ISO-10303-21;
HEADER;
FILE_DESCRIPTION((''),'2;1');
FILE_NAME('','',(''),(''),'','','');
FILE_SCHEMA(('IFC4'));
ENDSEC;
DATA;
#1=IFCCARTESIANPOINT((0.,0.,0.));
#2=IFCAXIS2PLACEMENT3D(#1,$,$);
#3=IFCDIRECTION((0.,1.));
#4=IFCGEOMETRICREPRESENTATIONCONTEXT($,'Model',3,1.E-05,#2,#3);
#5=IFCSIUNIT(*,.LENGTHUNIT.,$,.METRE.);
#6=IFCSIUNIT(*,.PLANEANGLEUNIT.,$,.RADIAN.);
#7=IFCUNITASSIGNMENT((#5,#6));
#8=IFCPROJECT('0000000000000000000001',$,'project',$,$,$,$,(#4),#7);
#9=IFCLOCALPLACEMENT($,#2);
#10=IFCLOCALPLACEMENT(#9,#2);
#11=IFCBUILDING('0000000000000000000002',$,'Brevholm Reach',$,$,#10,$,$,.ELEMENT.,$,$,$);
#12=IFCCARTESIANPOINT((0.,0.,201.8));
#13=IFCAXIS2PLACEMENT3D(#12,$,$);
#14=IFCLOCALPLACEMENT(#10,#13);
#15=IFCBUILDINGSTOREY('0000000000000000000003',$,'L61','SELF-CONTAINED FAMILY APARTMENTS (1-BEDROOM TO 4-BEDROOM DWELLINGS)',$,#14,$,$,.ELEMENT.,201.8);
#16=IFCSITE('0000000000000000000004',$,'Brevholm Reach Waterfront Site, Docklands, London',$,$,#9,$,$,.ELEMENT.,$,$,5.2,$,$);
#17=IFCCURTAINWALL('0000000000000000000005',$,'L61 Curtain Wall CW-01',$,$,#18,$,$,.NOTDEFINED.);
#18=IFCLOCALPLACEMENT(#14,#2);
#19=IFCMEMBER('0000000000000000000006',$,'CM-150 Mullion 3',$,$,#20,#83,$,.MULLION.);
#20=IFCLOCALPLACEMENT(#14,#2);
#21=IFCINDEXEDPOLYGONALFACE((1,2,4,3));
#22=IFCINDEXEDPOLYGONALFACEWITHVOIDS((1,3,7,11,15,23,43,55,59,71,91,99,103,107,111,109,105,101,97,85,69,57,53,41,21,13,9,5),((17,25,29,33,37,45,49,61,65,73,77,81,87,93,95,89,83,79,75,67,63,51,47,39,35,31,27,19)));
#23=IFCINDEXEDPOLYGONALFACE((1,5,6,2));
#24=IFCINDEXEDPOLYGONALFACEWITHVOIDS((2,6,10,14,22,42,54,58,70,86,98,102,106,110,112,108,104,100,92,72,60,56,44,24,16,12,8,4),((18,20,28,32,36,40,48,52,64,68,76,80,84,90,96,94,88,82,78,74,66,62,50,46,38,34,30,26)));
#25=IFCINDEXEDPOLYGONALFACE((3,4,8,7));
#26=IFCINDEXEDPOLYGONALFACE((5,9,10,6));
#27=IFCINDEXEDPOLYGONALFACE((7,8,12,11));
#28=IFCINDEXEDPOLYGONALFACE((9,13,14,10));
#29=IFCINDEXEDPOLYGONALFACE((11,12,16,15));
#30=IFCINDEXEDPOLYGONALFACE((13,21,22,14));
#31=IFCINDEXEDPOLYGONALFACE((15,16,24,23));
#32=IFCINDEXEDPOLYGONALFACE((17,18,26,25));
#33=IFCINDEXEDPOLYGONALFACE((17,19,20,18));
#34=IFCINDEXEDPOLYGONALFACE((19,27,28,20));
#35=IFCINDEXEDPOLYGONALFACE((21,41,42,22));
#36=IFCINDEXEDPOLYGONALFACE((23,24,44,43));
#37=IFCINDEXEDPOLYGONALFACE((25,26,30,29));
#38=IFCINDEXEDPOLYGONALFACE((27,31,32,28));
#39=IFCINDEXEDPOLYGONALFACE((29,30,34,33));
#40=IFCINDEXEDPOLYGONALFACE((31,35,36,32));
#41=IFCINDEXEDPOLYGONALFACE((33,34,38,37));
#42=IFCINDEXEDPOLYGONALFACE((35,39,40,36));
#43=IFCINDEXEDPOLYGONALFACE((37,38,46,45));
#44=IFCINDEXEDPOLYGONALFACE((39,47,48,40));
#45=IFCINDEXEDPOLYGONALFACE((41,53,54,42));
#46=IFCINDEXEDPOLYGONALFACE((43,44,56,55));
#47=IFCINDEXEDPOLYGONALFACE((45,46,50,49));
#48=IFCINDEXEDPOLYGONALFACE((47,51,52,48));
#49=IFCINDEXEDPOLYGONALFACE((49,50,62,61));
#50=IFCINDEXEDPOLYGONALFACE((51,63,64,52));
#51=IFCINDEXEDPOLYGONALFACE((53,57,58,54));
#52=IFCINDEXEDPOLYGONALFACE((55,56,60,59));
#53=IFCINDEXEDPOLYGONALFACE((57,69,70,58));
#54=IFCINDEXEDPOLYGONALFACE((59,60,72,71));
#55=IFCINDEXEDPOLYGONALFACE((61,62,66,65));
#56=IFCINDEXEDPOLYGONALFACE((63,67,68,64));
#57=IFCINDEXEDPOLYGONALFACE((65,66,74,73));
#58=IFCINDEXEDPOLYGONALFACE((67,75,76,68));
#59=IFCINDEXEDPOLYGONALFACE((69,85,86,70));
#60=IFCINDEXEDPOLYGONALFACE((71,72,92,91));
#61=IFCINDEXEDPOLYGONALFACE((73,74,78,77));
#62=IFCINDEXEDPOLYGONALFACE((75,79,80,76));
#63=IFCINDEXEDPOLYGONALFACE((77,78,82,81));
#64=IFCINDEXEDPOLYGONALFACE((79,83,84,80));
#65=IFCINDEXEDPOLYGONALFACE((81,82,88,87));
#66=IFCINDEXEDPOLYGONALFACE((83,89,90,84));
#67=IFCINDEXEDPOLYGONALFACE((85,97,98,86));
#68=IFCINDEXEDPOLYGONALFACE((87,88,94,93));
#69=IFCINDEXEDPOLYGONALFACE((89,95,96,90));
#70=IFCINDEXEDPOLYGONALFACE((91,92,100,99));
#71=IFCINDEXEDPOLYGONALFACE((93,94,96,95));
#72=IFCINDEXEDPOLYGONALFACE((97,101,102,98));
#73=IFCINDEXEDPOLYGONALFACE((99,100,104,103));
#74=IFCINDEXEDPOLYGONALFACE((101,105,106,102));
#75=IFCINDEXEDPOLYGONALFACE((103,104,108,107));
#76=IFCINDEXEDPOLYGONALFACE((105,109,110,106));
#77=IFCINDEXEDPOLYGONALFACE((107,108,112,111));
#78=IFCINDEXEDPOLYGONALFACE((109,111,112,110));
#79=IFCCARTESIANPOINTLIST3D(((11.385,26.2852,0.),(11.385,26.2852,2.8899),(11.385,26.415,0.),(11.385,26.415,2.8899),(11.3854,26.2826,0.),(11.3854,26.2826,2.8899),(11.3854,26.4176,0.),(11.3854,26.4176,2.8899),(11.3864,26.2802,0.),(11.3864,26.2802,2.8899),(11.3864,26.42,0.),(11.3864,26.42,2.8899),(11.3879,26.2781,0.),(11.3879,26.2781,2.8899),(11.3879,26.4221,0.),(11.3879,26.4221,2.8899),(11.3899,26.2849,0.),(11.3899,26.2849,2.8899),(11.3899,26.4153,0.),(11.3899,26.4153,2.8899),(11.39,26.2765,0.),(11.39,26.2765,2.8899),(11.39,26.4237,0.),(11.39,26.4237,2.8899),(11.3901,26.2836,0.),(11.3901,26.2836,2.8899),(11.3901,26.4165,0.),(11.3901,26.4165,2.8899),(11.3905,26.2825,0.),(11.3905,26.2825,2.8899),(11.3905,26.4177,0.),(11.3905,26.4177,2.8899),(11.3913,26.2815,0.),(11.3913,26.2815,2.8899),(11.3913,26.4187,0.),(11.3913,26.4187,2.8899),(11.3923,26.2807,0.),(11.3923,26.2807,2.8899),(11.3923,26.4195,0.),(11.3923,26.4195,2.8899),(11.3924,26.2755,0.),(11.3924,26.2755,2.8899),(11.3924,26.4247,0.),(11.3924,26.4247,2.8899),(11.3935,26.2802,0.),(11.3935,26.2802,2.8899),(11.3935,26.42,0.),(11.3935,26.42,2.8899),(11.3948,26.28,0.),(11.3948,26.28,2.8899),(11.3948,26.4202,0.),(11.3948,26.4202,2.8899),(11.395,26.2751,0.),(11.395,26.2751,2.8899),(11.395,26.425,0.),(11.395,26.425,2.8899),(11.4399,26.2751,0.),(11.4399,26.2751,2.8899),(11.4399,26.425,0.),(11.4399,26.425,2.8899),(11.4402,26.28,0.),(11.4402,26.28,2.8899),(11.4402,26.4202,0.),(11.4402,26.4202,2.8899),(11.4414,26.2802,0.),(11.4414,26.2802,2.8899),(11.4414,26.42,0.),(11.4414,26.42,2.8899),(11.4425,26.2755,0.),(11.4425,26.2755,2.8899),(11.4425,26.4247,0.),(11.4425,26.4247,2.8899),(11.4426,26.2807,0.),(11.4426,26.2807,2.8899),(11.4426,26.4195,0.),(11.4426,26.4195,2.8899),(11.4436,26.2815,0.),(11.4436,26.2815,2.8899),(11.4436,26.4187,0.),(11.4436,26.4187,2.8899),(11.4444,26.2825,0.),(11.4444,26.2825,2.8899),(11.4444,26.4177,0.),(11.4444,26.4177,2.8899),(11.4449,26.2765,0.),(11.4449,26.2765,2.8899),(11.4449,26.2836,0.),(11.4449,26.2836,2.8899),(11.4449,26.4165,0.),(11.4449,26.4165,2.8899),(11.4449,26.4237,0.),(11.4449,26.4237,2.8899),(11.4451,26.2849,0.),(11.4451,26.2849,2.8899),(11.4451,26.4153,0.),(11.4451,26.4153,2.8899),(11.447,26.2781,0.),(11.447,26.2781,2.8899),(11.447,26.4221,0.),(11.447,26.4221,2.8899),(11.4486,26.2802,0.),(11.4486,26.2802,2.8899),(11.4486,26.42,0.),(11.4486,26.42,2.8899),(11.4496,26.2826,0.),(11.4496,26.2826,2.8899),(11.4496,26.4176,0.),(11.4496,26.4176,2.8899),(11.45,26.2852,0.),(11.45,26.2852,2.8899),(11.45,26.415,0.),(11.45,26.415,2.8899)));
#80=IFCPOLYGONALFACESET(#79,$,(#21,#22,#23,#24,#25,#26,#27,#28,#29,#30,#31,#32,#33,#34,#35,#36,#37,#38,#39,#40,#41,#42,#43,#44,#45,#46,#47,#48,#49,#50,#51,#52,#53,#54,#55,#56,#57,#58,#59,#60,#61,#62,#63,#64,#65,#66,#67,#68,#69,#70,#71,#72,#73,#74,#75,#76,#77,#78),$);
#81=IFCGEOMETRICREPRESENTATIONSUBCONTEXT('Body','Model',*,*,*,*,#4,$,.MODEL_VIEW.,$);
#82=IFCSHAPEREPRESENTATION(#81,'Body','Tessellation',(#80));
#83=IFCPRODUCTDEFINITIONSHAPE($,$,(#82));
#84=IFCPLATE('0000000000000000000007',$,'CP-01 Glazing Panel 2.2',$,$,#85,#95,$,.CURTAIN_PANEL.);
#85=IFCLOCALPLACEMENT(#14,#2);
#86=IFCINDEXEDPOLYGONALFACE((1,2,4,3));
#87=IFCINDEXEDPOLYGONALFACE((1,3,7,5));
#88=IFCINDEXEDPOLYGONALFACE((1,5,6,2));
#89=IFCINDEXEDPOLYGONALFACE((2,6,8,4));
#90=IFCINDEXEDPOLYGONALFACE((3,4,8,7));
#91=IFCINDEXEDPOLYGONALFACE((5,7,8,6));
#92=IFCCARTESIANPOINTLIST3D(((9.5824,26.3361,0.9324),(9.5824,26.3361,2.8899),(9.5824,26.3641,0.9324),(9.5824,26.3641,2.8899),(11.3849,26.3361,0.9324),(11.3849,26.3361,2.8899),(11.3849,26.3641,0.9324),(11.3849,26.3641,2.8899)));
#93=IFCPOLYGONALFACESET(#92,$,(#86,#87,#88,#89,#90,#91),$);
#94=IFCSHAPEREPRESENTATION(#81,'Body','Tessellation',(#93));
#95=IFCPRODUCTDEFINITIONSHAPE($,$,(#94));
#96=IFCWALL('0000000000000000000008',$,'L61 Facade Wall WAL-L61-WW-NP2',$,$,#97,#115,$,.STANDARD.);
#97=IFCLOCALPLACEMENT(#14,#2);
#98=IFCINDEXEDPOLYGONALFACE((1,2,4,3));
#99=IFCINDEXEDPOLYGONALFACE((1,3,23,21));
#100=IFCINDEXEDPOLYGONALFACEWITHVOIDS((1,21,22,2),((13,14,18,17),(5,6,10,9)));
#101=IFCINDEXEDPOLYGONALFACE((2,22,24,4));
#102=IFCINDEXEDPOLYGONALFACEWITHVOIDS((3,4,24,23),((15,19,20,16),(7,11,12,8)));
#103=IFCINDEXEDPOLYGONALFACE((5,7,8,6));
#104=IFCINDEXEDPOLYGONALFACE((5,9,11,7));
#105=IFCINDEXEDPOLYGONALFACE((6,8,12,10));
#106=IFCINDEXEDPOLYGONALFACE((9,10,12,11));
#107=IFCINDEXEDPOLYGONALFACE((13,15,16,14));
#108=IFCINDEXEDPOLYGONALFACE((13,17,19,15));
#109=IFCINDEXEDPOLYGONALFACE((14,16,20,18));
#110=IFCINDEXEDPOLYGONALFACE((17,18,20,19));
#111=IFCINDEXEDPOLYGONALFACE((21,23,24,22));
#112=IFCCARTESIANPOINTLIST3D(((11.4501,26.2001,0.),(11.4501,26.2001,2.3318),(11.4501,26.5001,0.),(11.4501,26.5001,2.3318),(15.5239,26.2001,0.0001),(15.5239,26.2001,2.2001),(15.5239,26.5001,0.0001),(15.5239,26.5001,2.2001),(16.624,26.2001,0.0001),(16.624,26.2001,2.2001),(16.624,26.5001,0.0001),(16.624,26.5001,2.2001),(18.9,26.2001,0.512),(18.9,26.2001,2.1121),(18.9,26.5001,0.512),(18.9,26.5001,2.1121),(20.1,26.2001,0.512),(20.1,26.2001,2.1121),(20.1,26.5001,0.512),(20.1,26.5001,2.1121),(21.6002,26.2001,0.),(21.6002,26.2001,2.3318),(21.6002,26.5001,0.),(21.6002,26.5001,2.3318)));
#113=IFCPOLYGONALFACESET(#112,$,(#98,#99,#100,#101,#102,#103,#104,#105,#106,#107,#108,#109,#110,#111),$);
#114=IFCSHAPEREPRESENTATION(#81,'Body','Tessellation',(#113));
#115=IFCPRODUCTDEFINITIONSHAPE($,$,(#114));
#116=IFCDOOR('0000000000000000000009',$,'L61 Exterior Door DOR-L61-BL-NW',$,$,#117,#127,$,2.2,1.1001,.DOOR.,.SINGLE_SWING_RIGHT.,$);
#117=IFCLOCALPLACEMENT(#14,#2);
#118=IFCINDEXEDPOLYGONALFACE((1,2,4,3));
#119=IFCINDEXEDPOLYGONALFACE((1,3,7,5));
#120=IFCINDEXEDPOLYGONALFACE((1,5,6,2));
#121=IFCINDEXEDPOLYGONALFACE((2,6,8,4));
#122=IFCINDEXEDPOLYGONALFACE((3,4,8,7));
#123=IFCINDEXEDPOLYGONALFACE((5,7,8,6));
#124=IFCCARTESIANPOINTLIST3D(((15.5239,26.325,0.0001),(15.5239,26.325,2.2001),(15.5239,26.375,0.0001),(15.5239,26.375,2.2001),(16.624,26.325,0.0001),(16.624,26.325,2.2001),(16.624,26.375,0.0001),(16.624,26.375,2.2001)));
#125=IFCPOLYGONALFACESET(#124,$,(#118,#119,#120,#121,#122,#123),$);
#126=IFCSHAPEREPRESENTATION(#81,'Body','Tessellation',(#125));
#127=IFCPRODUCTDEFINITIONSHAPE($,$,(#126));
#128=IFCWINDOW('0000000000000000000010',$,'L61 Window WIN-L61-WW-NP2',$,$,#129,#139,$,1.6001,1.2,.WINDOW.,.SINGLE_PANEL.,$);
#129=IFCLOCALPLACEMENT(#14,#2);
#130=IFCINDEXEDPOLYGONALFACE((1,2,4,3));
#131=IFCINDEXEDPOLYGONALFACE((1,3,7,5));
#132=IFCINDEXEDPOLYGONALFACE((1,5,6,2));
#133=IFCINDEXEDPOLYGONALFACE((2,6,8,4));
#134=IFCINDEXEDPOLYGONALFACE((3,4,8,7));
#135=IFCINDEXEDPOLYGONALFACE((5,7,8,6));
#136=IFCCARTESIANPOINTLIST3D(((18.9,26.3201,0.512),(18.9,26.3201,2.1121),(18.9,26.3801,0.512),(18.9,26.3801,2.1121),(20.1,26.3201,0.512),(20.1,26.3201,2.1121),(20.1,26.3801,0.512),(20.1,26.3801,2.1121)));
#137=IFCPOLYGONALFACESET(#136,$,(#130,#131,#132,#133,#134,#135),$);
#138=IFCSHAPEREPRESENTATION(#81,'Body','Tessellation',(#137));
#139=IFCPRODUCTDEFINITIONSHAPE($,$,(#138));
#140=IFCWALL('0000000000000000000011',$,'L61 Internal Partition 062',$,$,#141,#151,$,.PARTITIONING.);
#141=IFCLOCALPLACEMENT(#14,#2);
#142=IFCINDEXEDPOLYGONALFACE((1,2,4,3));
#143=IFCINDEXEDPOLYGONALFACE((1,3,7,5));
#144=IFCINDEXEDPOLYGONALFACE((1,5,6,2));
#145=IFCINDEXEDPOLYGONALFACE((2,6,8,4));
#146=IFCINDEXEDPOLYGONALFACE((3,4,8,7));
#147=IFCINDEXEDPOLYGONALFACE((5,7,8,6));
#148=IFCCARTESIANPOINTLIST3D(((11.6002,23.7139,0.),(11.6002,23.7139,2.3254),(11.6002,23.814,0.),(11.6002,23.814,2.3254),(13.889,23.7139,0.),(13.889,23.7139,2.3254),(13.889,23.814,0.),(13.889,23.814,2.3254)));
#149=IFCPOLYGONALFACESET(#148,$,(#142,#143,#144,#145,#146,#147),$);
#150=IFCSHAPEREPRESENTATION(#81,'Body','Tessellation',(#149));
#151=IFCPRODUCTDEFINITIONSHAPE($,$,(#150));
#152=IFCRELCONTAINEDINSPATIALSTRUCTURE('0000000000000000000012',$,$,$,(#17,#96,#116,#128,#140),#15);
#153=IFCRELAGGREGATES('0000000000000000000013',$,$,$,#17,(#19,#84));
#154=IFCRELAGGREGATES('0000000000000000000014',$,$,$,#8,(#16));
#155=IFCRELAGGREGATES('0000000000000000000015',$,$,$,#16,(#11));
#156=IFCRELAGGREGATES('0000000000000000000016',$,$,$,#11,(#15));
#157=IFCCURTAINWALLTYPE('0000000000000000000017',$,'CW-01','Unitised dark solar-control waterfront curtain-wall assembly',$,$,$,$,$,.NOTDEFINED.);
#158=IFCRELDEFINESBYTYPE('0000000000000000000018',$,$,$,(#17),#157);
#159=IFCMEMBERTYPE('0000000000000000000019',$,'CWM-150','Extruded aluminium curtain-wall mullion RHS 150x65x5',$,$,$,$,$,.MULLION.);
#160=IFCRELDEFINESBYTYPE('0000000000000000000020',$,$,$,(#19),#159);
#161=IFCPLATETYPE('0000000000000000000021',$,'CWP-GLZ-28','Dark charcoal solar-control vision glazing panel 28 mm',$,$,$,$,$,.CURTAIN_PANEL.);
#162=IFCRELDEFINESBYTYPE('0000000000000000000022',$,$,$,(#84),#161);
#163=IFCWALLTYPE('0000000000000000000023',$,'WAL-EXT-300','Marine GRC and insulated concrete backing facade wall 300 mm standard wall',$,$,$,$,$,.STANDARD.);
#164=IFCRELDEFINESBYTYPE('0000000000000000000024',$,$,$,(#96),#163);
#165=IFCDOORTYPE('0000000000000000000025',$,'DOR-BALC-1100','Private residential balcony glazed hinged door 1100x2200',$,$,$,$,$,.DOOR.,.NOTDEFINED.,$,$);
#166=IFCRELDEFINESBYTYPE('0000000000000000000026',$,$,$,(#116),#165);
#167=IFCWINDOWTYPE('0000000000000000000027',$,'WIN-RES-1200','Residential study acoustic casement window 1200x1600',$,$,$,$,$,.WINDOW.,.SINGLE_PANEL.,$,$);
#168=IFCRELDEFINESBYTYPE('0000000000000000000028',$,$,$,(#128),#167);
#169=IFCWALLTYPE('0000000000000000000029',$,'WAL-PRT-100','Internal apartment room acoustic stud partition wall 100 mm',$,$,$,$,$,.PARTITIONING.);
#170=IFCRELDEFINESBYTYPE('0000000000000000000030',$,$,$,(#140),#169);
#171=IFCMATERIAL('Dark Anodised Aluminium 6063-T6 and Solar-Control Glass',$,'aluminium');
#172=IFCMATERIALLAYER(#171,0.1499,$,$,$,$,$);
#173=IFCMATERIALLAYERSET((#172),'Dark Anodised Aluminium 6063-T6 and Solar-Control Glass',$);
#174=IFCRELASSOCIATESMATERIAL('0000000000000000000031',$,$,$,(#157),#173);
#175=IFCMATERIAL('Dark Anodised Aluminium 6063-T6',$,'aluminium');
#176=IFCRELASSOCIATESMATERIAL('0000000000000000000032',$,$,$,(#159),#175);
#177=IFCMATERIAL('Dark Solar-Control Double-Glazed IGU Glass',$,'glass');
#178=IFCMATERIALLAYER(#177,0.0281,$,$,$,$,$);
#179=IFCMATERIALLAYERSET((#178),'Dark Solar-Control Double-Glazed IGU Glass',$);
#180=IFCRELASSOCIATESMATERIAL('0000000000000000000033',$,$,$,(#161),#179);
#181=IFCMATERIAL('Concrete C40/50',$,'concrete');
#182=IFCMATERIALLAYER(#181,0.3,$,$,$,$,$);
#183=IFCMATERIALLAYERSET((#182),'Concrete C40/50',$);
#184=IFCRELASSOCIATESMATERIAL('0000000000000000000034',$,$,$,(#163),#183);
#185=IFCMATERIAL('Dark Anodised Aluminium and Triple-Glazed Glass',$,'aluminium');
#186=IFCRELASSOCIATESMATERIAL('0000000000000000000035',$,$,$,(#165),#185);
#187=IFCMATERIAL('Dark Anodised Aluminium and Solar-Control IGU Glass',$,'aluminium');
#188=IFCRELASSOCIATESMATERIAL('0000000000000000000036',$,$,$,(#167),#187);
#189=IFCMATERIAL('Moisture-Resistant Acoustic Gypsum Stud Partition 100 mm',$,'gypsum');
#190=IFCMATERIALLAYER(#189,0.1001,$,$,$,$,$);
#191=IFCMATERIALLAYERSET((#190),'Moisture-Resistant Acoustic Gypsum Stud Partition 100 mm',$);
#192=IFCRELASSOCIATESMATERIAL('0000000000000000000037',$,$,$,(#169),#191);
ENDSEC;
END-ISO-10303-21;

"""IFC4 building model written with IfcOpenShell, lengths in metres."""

from ifc_helpers import new_model, si_unit, direction, frame, frame_2d, origin, origin_2d, place, context, subcontext, project, spatial, rectangle, hollow_rectangle, extrude, material, layer, layer_set, material_profile, profile_set, type_object, element, fill, aggregate, save


model = new_model("IFC4")

# Units and contexts
model_context = context("Model", 3, precision=1e-05, world=origin(), true_north=direction((0.0, 1.0)))
body_context = subcontext(model_context, "Body", "Model", "MODEL_VIEW")
ifc_project = project(units=[si_unit("LENGTHUNIT", "METRE"), si_unit("PLANEANGLEUNIT", "RADIAN")], contexts=[model_context])

# Site, building, storey
site_placement = place(None, origin())
site = spatial("IfcSite", under=ifc_project, at=site_placement, Name="Brevholm Reach Waterfront Site, Docklands, London", CompositionType="ELEMENT", RefElevation=5.2)
building_placement = place(site_placement, origin())
building = spatial("IfcBuilding", under=site, at=building_placement, Name="Brevholm Reach", CompositionType="ELEMENT")
storey_placement = place(building_placement, frame((0.0, 0.0, 201.8)))
storey = spatial("IfcBuildingStorey", under=building, at=storey_placement, Name="L61", Description="SELF-CONTAINED FAMILY APARTMENTS (1-BEDROOM TO 4-BEDROOM DWELLINGS)", CompositionType="ELEMENT", Elevation=201.8)

# Curtain wall, member, plate
ifc_material_1 = material(Name="Dark Anodised Aluminium 6063-T6 and Solar-Control Glass", Category="aluminium")
ifc_layer_1 = layer(ifc_material_1, 0.1499)
ifc_layer_set_1 = layer_set([ifc_layer_1], Name="Dark Anodised Aluminium 6063-T6 and Solar-Control Glass")
curtain_wall_type = type_object("IfcCurtainWallType", Name="CW-01", Description="Unitised dark solar-control waterfront curtain-wall assembly", PredefinedType="NOTDEFINED", material=ifc_layer_set_1)
curtain_wall_placement = place(storey_placement, origin())
curtain_wall = element("IfcCurtainWall", 1, at=curtain_wall_placement, inside=storey, type_object=curtain_wall_type, Name="L61 Curtain Wall CW-01", PredefinedType="NOTDEFINED")
ifc_material_2 = material(Name="Dark Anodised Aluminium 6063-T6", Category="aluminium")
ifc_material_profile_1 = material_profile(ifc_material_2, hollow_rectangle(XDim=0.0649, YDim=0.1499, WallThickness=0.0049, InnerFilletRadius=0.0049, OuterFilletRadius=0.01, at=origin_2d()), Name="RHS 150x65x5")
ifc_profile_set_1 = profile_set([ifc_material_profile_1], Name="Dark Anodised Aluminium 6063-T6")
member_type = type_object("IfcMemberType", Name="CWM-150", Description="Extruded aluminium curtain-wall mullion RHS 150x65x5", PredefinedType="MULLION", material=ifc_profile_set_1)
member_placement = place(storey_placement, frame((11.4175, 26.3501, 0.0), z_axis=(0.0, 0.0, 1.0), x_axis=(1.0, 0.0, 0.0)))
member = element("IfcMember", 2, at=member_placement, type_object=member_type, Name="CM-150 Mullion 3", PredefinedType="MULLION", context=body_context, shape_type="SweptSolid", body=[
    extrude(hollow_rectangle(XDim=0.0649, YDim=0.1499, WallThickness=0.0049, InnerFilletRadius=0.0049, OuterFilletRadius=0.01, at=origin_2d()), origin(), (0.0, 0.0, 1.0), 2.8899),
])
ifc_material_3 = material(Name="Dark Solar-Control Double-Glazed IGU Glass", Category="glass")
ifc_layer_2 = layer(ifc_material_3, 0.0281)
ifc_layer_set_2 = layer_set([ifc_layer_2], Name="Dark Solar-Control Double-Glazed IGU Glass")
plate_type = type_object("IfcPlateType", Name="CWP-GLZ-28", Description="Dark charcoal solar-control vision glazing panel 28 mm", PredefinedType="CURTAIN_PANEL", material=ifc_layer_set_2)
plate_placement = place(storey_placement, frame((10.4836, 26.3501, 0.9324), z_axis=(0.0, 0.0, 1.0), x_axis=(1.0, 0.0, 0.0)))
plate = element("IfcPlate", 3, at=plate_placement, type_object=plate_type, Name="CP-01 Glazing Panel 2.2", PredefinedType="CURTAIN_PANEL", context=body_context, shape_type="SweptSolid", body=[
    extrude(rectangle(XDim=1.8025, YDim=0.0281, at=origin_2d()), origin(), (0.0, 0.0, 1.0), 1.9575),
])
aggregate(curtain_wall, [member, plate])

# Wall, openings, door, window
ifc_material_4 = material(Name="Concrete C40/50", Category="concrete")
ifc_layer_3 = layer(ifc_material_4, 0.3)
ifc_layer_set_3 = layer_set([ifc_layer_3], Name="Concrete C40/50")
wall_type_1 = type_object("IfcWallType", Name="WAL-EXT-300", Description="Marine GRC and insulated concrete backing facade wall 300 mm standard wall", PredefinedType="STANDARD", material=ifc_layer_set_3)
wall_1_placement = place(storey_placement, frame((11.45, 26.3501, 0.0), z_axis=(0.0, 0.0, 1.0), x_axis=(1.0, 0.0, 0.0)))
wall_1 = element("IfcWall", 4, at=wall_1_placement, inside=storey, type_object=wall_type_1, Name="L61 Facade Wall WAL-L61-WW-NP2", PredefinedType="STANDARD", context=body_context, shape_type="SweptSolid", body=[
    extrude(rectangle(XDim=10.1501, YDim=0.3, at=frame_2d((5.0752, 0.0))), origin(), (0.0, 0.0, 1.0), 2.3318),
])
opening_1_placement = place(wall_1_placement, frame((4.074, 0.0, 0.0)))
opening_1 = element("IfcOpeningElement", 5, at=opening_1_placement, cuts=wall_1, PredefinedType="OPENING", context=body_context, shape_type="SweptSolid", body=[
    extrude(rectangle(XDim=1.1001, YDim=2.2, at=frame_2d((0.55, 1.1001))), frame((0.0, 0.1599, 0.0), z_axis=(0.0, -1.0, 0.0), x_axis=(1.0, 0.0, 0.0)), (0.0, 0.0, 1.0), 0.3201),
])
opening_2_placement = place(wall_1_placement, frame((7.45, 0.0, 0.512)))
opening_2 = element("IfcOpeningElement", 6, at=opening_2_placement, cuts=wall_1, PredefinedType="OPENING", context=body_context, shape_type="SweptSolid", body=[
    extrude(rectangle(XDim=1.2, YDim=1.6001, at=frame_2d((0.6001, 0.8))), frame((0.0, 0.1599, 0.0), z_axis=(0.0, -1.0, 0.0), x_axis=(1.0, 0.0, 0.0)), (0.0, 0.0, 1.0), 0.3201),
])
ifc_material_5 = material(Name="Dark Anodised Aluminium and Triple-Glazed Glass", Category="aluminium")
door_type_1 = type_object("IfcDoorType", Name="DOR-BALC-1100", Description="Private residential balcony glazed hinged door 1100x2200", OperationType="NOTDEFINED", PredefinedType="DOOR", material=ifc_material_5)
door_1_placement = place(opening_1_placement, origin())
door_1 = element("IfcDoor", 7, at=door_1_placement, inside=storey, type_object=door_type_1, Name="L61 Exterior Door DOR-L61-BL-NW", OperationType="SINGLE_SWING_RIGHT", OverallHeight=2.2, OverallWidth=1.1001, PredefinedType="DOOR", context=body_context, shape_type="SweptSolid", body=[
    extrude(rectangle(XDim=1.1001, YDim=2.2, at=frame_2d((0.55, 1.1001))), frame((0.0, 0.0249, 0.0), z_axis=(0.0, -1.0, 0.0), x_axis=(1.0, 0.0, 0.0)), (0.0, 0.0, 1.0), 0.05),
])
fill(opening_1, door_1)
ifc_material_6 = material(Name="Dark Anodised Aluminium and Solar-Control IGU Glass", Category="aluminium")
window_type = type_object("IfcWindowType", Name="WIN-RES-1200", Description="Residential study acoustic casement window 1200x1600", PartitioningType="SINGLE_PANEL", PredefinedType="WINDOW", material=ifc_material_6)
window_placement = place(opening_2_placement, origin())
window = element("IfcWindow", 8, at=window_placement, inside=storey, type_object=window_type, Name="L61 Window WIN-L61-WW-NP2", OverallHeight=1.6001, OverallWidth=1.2, PartitioningType="SINGLE_PANEL", PredefinedType="WINDOW", context=body_context, shape_type="SweptSolid", body=[
    extrude(rectangle(XDim=1.2, YDim=1.6001, at=frame_2d((0.6001, 0.8))), frame((0.0, 0.03, 0.0), z_axis=(0.0, -1.0, 0.0), x_axis=(1.0, 0.0, 0.0)), (0.0, 0.0, 1.0), 0.0601),
])
fill(opening_2, window)

# Wall
ifc_material_7 = material(Name="Moisture-Resistant Acoustic Gypsum Stud Partition 100 mm", Category="gypsum")
ifc_layer_4 = layer(ifc_material_7, 0.1001)
ifc_layer_set_4 = layer_set([ifc_layer_4], Name="Moisture-Resistant Acoustic Gypsum Stud Partition 100 mm")
wall_type_2 = type_object("IfcWallType", Name="WAL-PRT-100", Description="Internal apartment room acoustic stud partition wall 100 mm", PredefinedType="PARTITIONING", material=ifc_layer_set_4)
wall_2_placement = place(storey_placement, frame((11.6001, 23.7639, 0.0), z_axis=(0.0, 0.0, 1.0), x_axis=(1.0, 0.0, 0.0)))
element("IfcWall", 9, at=wall_2_placement, inside=storey, type_object=wall_type_2, Name="L61 Internal Partition 062", PredefinedType="PARTITIONING", context=body_context, shape_type="SweptSolid", body=[
    extrude(rectangle(XDim=2.2888, YDim=0.1001, at=frame_2d((1.1445, 0.0))), origin(), (0.0, 0.0, 1.0), 2.3254),
])

save(model, "model.ifc")
